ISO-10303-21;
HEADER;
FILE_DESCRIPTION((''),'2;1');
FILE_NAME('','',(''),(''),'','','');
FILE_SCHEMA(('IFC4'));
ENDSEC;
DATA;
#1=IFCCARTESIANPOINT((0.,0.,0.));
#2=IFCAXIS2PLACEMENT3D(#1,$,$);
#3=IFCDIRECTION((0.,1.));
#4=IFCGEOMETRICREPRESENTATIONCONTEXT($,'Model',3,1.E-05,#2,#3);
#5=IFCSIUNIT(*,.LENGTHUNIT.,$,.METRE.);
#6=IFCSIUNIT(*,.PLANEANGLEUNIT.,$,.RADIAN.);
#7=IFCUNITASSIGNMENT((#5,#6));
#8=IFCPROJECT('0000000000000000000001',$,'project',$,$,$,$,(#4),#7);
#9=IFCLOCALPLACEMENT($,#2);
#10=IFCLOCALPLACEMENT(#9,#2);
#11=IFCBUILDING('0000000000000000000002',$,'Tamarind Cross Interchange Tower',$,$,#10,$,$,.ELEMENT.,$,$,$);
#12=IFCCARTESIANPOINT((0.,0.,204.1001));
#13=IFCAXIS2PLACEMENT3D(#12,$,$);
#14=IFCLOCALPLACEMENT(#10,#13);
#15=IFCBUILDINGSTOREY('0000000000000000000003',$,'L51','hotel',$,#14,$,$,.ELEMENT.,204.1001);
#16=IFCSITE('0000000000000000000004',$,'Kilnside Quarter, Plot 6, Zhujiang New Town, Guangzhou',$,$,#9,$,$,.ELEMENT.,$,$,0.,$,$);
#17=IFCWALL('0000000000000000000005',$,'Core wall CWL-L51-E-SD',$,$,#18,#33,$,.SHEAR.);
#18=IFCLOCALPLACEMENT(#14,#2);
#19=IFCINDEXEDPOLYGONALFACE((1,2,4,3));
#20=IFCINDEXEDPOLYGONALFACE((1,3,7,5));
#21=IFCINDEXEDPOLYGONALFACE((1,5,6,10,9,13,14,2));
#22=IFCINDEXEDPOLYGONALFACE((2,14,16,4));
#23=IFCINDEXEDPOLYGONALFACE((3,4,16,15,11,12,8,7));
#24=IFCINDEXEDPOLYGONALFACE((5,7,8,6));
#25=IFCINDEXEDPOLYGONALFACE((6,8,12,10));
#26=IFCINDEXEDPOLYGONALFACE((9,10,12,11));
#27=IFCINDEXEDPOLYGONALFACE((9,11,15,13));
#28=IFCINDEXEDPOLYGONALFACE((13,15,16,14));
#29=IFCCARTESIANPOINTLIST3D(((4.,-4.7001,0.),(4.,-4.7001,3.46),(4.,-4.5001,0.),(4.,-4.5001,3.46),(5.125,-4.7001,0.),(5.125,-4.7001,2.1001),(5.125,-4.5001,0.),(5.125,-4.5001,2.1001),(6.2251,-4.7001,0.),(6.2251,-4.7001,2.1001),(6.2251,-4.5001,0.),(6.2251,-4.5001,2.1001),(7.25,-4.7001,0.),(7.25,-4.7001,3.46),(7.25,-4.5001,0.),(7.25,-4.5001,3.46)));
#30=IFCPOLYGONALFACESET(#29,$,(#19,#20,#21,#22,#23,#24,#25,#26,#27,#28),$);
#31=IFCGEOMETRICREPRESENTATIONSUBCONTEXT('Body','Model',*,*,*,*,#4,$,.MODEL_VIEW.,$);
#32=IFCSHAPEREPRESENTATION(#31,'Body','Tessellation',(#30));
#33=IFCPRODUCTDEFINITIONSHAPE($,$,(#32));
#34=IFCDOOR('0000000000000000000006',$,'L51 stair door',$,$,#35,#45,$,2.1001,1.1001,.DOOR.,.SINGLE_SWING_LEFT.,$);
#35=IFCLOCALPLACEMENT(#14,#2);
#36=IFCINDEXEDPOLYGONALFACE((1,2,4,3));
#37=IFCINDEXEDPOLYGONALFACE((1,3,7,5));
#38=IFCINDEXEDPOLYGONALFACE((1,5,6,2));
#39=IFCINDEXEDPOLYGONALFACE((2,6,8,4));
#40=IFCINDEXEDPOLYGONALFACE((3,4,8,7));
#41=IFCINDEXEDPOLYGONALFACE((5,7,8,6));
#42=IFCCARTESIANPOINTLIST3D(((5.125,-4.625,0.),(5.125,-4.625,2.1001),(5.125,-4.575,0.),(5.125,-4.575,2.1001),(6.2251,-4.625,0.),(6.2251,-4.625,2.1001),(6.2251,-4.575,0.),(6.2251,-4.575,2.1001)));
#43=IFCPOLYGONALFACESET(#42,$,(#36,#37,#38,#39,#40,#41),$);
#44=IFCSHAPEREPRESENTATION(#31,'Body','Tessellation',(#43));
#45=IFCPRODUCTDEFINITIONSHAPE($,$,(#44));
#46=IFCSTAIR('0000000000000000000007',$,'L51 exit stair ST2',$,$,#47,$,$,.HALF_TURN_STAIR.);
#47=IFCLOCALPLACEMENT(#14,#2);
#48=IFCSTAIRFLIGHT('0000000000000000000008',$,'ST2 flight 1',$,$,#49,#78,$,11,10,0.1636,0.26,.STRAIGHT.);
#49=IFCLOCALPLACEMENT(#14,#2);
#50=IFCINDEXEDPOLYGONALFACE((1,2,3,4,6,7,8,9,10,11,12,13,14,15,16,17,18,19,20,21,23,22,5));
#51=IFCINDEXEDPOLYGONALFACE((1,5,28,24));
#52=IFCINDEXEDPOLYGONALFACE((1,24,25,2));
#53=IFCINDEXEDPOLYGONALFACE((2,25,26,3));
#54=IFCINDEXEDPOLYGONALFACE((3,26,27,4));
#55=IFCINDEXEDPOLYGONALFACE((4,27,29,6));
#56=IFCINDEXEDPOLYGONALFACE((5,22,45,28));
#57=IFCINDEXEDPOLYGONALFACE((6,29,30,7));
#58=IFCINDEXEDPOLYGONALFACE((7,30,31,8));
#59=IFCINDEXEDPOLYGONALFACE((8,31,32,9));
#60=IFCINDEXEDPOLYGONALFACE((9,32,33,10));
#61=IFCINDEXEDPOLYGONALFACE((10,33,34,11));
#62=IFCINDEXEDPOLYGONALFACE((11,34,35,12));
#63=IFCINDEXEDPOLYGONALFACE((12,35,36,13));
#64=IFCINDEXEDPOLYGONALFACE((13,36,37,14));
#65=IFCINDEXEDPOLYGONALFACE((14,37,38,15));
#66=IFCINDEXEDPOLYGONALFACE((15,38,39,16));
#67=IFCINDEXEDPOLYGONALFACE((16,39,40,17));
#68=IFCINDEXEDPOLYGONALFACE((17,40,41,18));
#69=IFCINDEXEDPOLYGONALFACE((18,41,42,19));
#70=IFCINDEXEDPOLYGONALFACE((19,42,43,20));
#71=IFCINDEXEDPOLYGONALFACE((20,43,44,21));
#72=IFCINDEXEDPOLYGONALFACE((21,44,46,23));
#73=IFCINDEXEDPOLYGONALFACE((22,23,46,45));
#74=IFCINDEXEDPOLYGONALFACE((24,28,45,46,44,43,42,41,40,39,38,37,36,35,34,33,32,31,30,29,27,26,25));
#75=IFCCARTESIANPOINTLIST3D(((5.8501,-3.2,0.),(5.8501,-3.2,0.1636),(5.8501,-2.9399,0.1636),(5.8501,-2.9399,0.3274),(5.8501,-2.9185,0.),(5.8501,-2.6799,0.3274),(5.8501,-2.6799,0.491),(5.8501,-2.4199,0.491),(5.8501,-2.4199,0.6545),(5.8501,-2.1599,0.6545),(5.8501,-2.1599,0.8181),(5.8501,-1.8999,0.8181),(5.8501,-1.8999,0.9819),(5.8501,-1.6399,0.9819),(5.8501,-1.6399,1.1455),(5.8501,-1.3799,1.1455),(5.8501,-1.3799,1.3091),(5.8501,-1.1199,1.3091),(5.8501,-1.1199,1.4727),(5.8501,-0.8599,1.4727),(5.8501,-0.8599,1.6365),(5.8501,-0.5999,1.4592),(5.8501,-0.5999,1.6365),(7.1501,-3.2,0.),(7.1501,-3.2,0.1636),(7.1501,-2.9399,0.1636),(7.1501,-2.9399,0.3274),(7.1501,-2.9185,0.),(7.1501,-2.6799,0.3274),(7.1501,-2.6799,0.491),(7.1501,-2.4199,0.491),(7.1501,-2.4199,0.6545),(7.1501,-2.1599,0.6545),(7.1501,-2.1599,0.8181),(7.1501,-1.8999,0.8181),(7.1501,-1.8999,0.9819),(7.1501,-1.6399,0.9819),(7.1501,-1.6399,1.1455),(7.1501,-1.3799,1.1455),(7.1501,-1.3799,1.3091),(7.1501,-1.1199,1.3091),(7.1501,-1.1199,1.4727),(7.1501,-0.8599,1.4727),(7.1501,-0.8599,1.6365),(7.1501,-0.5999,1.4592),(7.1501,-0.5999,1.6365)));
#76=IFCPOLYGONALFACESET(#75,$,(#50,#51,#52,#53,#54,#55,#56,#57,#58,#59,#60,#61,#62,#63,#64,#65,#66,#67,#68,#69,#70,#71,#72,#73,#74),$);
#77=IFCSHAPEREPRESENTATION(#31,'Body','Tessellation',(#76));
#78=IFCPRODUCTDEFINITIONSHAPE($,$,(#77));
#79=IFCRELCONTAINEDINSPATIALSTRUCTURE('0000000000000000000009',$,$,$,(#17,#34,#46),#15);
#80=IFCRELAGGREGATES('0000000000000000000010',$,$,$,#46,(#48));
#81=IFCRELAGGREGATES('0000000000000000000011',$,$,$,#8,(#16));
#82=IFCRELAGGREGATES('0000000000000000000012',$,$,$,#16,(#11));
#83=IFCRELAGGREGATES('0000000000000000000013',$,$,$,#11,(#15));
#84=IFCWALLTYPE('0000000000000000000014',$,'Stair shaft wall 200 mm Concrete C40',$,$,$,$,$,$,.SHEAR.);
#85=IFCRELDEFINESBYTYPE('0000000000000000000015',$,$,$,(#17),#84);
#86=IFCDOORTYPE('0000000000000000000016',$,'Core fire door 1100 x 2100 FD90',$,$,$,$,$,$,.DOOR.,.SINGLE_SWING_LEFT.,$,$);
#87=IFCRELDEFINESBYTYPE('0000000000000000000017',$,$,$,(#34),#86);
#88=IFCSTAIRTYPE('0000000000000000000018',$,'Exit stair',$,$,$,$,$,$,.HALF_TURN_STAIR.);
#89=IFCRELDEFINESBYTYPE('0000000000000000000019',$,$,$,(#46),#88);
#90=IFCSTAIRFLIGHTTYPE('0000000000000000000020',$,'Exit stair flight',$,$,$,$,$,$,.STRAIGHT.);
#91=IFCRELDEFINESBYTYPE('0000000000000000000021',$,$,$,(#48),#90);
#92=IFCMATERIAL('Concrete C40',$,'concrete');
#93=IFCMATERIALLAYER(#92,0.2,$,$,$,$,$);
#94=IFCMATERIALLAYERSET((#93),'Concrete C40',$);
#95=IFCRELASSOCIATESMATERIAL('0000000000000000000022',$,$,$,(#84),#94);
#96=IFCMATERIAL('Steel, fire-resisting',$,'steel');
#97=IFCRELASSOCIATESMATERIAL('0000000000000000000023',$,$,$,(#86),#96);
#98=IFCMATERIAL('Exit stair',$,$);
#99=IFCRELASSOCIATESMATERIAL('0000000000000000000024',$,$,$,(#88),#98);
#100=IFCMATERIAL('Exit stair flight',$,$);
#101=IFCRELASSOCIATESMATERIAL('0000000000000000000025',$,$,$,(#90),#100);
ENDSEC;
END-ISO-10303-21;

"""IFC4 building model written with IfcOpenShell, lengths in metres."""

from ifc_helpers import new_model, si_unit, direction, frame, frame_2d, origin, place, context, subcontext, project, spatial, polyline, rectangle, outline, extrude, material, layer, layer_set, type_object, element, fill, aggregate, save


model = new_model("IFC4")

# Units and contexts
model_context = context("Model", 3, precision=1e-05, world=origin(), true_north=direction((0.0, 1.0)))
body_context = subcontext(model_context, "Body", "Model", "MODEL_VIEW")
ifc_project = project(units=[si_unit("LENGTHUNIT", "METRE"), si_unit("PLANEANGLEUNIT", "RADIAN")], contexts=[model_context])

# Site, building, storey
site_placement = place(None, origin())
site = spatial("IfcSite", under=ifc_project, at=site_placement, Name="Kilnside Quarter, Plot 6, Zhujiang New Town, Guangzhou", CompositionType="ELEMENT", RefElevation=0.0)
building_placement = place(site_placement, origin())
building = spatial("IfcBuilding", under=site, at=building_placement, Name="Tamarind Cross Interchange Tower", CompositionType="ELEMENT")
storey_placement = place(building_placement, frame((0.0, 0.0, 204.1001)))
storey = spatial("IfcBuildingStorey", under=building, at=storey_placement, Name="L51", Description="hotel", CompositionType="ELEMENT", Elevation=204.1001)

# Shared definitions
ifc_material_1 = material(Name="Steel, fire-resisting", Category="steel")

# Wall, opening, door
ifc_material_2 = material(Name="Concrete C40", Category="concrete")
ifc_layer_1 = layer(ifc_material_2, 0.2)
ifc_layer_set_1 = layer_set([ifc_layer_1], Name="Concrete C40")
wall_type_1 = type_object("IfcWallType", Name="Stair shaft wall 200 mm Concrete C40", PredefinedType="SHEAR", material=ifc_layer_set_1)
wall_1_placement = place(storey_placement, frame((7.25, -4.6001, 0.0), z_axis=(0.0, 0.0, 1.0), x_axis=(-1.0, 0.0, 0.0)))
wall_1 = element("IfcWall", 1, at=wall_1_placement, inside=storey, type_object=wall_type_1, Name="Core wall CWL-L51-E-SD", PredefinedType="SHEAR", context=body_context, shape_type="SweptSolid", body=[
    extrude(rectangle(XDim=3.25, YDim=0.2, at=frame_2d((1.625, 0.0))), origin(), (0.0, 0.0, 1.0), 3.46),
])
opening_1_placement = place(wall_1_placement, frame((1.0249, 0.0, 0.0)))
opening_1 = element("IfcOpeningElement", 2, at=opening_1_placement, cuts=wall_1, PredefinedType="OPENING", context=body_context, shape_type="SweptSolid", body=[
    extrude(rectangle(XDim=1.1001, YDim=2.1001, at=frame_2d((0.55, 1.05))), frame((0.0, 0.1099, 0.0), z_axis=(0.0, -1.0, 0.0), x_axis=(1.0, 0.0, 0.0)), (0.0, 0.0, 1.0), 0.22),
])
door_type_1 = type_object("IfcDoorType", Name="Core fire door 1100 x 2100 FD90", OperationType="SINGLE_SWING_LEFT", PredefinedType="DOOR", material=ifc_material_1)
door_1_placement = place(opening_1_placement, origin())
door_1 = element("IfcDoor", 3, at=door_1_placement, inside=storey, type_object=door_type_1, Name="L51 stair door", OperationType="SINGLE_SWING_LEFT", OverallHeight=2.1001, OverallWidth=1.1001, PredefinedType="DOOR", context=body_context, shape_type="SweptSolid", body=[
    extrude(rectangle(XDim=1.1001, YDim=2.1001, at=frame_2d((0.55, 1.05))), frame((0.0, 0.0249, 0.0), z_axis=(0.0, -1.0, 0.0), x_axis=(1.0, 0.0, 0.0)), (0.0, 0.0, 1.0), 0.05),
])
fill(opening_1, door_1)

# Stair, stair flight
ifc_material_3 = material(Name="Exit stair")
stair_type = type_object("IfcStairType", Name="Exit stair", PredefinedType="HALF_TURN_STAIR", material=ifc_material_3)
stair_placement = place(storey_placement, origin())
stair = element("IfcStair", 4, at=stair_placement, inside=storey, type_object=stair_type, Name="L51 exit stair ST2", PredefinedType="HALF_TURN_STAIR")
ifc_material_4 = material(Name="Exit stair flight")
stair_flight_type = type_object("IfcStairFlightType", Name="Exit stair flight", PredefinedType="STRAIGHT", material=ifc_material_4)
stair_flight_placement = place(storey_placement, frame((6.5, -3.2, 0.0), z_axis=(0.0, 0.0, 1.0), x_axis=(0.0, 1.0, 0.0)))
stair_flight = element("IfcStairFlight", 5, at=stair_flight_placement, type_object=stair_flight_type, Name="ST2 flight 1", NumberOfRisers=11, NumberOfTreads=10, PredefinedType="STRAIGHT", RiserHeight=0.1636, TreadLength=0.26, context=body_context, shape_type="SweptSolid", body=[
    extrude(outline(polyline([(0.0, 0.0), (0.0, 0.1636), (0.26, 0.1636), (0.26, 0.3274), (0.52, 0.3274), (0.52, 0.491), (0.78, 0.491), (0.78, 0.6545), (1.04, 0.6545), (1.04, 0.8181), (1.3, 0.8181), (1.3, 0.9819), (1.5601, 0.9819), (1.5601, 1.1455), (1.8201, 1.1455), (1.8201, 1.3091), (2.0801, 1.3091), (2.0801, 1.4727), (2.3401, 1.4727), (2.3401, 1.6365), (2.6001, 1.6365), (2.6001, 1.8), (2.6001, 1.4592), (0.2815, 0.0), (0.0, 0.0)])), frame((0.0, 0.6499, 0.0), z_axis=(0.0, -1.0, 0.0), x_axis=(1.0, 0.0, 0.0)), (0.0, 0.0, 1.0), 1.3),
])
aggregate(stair, [stair_flight])

save(model, "model.ifc")
